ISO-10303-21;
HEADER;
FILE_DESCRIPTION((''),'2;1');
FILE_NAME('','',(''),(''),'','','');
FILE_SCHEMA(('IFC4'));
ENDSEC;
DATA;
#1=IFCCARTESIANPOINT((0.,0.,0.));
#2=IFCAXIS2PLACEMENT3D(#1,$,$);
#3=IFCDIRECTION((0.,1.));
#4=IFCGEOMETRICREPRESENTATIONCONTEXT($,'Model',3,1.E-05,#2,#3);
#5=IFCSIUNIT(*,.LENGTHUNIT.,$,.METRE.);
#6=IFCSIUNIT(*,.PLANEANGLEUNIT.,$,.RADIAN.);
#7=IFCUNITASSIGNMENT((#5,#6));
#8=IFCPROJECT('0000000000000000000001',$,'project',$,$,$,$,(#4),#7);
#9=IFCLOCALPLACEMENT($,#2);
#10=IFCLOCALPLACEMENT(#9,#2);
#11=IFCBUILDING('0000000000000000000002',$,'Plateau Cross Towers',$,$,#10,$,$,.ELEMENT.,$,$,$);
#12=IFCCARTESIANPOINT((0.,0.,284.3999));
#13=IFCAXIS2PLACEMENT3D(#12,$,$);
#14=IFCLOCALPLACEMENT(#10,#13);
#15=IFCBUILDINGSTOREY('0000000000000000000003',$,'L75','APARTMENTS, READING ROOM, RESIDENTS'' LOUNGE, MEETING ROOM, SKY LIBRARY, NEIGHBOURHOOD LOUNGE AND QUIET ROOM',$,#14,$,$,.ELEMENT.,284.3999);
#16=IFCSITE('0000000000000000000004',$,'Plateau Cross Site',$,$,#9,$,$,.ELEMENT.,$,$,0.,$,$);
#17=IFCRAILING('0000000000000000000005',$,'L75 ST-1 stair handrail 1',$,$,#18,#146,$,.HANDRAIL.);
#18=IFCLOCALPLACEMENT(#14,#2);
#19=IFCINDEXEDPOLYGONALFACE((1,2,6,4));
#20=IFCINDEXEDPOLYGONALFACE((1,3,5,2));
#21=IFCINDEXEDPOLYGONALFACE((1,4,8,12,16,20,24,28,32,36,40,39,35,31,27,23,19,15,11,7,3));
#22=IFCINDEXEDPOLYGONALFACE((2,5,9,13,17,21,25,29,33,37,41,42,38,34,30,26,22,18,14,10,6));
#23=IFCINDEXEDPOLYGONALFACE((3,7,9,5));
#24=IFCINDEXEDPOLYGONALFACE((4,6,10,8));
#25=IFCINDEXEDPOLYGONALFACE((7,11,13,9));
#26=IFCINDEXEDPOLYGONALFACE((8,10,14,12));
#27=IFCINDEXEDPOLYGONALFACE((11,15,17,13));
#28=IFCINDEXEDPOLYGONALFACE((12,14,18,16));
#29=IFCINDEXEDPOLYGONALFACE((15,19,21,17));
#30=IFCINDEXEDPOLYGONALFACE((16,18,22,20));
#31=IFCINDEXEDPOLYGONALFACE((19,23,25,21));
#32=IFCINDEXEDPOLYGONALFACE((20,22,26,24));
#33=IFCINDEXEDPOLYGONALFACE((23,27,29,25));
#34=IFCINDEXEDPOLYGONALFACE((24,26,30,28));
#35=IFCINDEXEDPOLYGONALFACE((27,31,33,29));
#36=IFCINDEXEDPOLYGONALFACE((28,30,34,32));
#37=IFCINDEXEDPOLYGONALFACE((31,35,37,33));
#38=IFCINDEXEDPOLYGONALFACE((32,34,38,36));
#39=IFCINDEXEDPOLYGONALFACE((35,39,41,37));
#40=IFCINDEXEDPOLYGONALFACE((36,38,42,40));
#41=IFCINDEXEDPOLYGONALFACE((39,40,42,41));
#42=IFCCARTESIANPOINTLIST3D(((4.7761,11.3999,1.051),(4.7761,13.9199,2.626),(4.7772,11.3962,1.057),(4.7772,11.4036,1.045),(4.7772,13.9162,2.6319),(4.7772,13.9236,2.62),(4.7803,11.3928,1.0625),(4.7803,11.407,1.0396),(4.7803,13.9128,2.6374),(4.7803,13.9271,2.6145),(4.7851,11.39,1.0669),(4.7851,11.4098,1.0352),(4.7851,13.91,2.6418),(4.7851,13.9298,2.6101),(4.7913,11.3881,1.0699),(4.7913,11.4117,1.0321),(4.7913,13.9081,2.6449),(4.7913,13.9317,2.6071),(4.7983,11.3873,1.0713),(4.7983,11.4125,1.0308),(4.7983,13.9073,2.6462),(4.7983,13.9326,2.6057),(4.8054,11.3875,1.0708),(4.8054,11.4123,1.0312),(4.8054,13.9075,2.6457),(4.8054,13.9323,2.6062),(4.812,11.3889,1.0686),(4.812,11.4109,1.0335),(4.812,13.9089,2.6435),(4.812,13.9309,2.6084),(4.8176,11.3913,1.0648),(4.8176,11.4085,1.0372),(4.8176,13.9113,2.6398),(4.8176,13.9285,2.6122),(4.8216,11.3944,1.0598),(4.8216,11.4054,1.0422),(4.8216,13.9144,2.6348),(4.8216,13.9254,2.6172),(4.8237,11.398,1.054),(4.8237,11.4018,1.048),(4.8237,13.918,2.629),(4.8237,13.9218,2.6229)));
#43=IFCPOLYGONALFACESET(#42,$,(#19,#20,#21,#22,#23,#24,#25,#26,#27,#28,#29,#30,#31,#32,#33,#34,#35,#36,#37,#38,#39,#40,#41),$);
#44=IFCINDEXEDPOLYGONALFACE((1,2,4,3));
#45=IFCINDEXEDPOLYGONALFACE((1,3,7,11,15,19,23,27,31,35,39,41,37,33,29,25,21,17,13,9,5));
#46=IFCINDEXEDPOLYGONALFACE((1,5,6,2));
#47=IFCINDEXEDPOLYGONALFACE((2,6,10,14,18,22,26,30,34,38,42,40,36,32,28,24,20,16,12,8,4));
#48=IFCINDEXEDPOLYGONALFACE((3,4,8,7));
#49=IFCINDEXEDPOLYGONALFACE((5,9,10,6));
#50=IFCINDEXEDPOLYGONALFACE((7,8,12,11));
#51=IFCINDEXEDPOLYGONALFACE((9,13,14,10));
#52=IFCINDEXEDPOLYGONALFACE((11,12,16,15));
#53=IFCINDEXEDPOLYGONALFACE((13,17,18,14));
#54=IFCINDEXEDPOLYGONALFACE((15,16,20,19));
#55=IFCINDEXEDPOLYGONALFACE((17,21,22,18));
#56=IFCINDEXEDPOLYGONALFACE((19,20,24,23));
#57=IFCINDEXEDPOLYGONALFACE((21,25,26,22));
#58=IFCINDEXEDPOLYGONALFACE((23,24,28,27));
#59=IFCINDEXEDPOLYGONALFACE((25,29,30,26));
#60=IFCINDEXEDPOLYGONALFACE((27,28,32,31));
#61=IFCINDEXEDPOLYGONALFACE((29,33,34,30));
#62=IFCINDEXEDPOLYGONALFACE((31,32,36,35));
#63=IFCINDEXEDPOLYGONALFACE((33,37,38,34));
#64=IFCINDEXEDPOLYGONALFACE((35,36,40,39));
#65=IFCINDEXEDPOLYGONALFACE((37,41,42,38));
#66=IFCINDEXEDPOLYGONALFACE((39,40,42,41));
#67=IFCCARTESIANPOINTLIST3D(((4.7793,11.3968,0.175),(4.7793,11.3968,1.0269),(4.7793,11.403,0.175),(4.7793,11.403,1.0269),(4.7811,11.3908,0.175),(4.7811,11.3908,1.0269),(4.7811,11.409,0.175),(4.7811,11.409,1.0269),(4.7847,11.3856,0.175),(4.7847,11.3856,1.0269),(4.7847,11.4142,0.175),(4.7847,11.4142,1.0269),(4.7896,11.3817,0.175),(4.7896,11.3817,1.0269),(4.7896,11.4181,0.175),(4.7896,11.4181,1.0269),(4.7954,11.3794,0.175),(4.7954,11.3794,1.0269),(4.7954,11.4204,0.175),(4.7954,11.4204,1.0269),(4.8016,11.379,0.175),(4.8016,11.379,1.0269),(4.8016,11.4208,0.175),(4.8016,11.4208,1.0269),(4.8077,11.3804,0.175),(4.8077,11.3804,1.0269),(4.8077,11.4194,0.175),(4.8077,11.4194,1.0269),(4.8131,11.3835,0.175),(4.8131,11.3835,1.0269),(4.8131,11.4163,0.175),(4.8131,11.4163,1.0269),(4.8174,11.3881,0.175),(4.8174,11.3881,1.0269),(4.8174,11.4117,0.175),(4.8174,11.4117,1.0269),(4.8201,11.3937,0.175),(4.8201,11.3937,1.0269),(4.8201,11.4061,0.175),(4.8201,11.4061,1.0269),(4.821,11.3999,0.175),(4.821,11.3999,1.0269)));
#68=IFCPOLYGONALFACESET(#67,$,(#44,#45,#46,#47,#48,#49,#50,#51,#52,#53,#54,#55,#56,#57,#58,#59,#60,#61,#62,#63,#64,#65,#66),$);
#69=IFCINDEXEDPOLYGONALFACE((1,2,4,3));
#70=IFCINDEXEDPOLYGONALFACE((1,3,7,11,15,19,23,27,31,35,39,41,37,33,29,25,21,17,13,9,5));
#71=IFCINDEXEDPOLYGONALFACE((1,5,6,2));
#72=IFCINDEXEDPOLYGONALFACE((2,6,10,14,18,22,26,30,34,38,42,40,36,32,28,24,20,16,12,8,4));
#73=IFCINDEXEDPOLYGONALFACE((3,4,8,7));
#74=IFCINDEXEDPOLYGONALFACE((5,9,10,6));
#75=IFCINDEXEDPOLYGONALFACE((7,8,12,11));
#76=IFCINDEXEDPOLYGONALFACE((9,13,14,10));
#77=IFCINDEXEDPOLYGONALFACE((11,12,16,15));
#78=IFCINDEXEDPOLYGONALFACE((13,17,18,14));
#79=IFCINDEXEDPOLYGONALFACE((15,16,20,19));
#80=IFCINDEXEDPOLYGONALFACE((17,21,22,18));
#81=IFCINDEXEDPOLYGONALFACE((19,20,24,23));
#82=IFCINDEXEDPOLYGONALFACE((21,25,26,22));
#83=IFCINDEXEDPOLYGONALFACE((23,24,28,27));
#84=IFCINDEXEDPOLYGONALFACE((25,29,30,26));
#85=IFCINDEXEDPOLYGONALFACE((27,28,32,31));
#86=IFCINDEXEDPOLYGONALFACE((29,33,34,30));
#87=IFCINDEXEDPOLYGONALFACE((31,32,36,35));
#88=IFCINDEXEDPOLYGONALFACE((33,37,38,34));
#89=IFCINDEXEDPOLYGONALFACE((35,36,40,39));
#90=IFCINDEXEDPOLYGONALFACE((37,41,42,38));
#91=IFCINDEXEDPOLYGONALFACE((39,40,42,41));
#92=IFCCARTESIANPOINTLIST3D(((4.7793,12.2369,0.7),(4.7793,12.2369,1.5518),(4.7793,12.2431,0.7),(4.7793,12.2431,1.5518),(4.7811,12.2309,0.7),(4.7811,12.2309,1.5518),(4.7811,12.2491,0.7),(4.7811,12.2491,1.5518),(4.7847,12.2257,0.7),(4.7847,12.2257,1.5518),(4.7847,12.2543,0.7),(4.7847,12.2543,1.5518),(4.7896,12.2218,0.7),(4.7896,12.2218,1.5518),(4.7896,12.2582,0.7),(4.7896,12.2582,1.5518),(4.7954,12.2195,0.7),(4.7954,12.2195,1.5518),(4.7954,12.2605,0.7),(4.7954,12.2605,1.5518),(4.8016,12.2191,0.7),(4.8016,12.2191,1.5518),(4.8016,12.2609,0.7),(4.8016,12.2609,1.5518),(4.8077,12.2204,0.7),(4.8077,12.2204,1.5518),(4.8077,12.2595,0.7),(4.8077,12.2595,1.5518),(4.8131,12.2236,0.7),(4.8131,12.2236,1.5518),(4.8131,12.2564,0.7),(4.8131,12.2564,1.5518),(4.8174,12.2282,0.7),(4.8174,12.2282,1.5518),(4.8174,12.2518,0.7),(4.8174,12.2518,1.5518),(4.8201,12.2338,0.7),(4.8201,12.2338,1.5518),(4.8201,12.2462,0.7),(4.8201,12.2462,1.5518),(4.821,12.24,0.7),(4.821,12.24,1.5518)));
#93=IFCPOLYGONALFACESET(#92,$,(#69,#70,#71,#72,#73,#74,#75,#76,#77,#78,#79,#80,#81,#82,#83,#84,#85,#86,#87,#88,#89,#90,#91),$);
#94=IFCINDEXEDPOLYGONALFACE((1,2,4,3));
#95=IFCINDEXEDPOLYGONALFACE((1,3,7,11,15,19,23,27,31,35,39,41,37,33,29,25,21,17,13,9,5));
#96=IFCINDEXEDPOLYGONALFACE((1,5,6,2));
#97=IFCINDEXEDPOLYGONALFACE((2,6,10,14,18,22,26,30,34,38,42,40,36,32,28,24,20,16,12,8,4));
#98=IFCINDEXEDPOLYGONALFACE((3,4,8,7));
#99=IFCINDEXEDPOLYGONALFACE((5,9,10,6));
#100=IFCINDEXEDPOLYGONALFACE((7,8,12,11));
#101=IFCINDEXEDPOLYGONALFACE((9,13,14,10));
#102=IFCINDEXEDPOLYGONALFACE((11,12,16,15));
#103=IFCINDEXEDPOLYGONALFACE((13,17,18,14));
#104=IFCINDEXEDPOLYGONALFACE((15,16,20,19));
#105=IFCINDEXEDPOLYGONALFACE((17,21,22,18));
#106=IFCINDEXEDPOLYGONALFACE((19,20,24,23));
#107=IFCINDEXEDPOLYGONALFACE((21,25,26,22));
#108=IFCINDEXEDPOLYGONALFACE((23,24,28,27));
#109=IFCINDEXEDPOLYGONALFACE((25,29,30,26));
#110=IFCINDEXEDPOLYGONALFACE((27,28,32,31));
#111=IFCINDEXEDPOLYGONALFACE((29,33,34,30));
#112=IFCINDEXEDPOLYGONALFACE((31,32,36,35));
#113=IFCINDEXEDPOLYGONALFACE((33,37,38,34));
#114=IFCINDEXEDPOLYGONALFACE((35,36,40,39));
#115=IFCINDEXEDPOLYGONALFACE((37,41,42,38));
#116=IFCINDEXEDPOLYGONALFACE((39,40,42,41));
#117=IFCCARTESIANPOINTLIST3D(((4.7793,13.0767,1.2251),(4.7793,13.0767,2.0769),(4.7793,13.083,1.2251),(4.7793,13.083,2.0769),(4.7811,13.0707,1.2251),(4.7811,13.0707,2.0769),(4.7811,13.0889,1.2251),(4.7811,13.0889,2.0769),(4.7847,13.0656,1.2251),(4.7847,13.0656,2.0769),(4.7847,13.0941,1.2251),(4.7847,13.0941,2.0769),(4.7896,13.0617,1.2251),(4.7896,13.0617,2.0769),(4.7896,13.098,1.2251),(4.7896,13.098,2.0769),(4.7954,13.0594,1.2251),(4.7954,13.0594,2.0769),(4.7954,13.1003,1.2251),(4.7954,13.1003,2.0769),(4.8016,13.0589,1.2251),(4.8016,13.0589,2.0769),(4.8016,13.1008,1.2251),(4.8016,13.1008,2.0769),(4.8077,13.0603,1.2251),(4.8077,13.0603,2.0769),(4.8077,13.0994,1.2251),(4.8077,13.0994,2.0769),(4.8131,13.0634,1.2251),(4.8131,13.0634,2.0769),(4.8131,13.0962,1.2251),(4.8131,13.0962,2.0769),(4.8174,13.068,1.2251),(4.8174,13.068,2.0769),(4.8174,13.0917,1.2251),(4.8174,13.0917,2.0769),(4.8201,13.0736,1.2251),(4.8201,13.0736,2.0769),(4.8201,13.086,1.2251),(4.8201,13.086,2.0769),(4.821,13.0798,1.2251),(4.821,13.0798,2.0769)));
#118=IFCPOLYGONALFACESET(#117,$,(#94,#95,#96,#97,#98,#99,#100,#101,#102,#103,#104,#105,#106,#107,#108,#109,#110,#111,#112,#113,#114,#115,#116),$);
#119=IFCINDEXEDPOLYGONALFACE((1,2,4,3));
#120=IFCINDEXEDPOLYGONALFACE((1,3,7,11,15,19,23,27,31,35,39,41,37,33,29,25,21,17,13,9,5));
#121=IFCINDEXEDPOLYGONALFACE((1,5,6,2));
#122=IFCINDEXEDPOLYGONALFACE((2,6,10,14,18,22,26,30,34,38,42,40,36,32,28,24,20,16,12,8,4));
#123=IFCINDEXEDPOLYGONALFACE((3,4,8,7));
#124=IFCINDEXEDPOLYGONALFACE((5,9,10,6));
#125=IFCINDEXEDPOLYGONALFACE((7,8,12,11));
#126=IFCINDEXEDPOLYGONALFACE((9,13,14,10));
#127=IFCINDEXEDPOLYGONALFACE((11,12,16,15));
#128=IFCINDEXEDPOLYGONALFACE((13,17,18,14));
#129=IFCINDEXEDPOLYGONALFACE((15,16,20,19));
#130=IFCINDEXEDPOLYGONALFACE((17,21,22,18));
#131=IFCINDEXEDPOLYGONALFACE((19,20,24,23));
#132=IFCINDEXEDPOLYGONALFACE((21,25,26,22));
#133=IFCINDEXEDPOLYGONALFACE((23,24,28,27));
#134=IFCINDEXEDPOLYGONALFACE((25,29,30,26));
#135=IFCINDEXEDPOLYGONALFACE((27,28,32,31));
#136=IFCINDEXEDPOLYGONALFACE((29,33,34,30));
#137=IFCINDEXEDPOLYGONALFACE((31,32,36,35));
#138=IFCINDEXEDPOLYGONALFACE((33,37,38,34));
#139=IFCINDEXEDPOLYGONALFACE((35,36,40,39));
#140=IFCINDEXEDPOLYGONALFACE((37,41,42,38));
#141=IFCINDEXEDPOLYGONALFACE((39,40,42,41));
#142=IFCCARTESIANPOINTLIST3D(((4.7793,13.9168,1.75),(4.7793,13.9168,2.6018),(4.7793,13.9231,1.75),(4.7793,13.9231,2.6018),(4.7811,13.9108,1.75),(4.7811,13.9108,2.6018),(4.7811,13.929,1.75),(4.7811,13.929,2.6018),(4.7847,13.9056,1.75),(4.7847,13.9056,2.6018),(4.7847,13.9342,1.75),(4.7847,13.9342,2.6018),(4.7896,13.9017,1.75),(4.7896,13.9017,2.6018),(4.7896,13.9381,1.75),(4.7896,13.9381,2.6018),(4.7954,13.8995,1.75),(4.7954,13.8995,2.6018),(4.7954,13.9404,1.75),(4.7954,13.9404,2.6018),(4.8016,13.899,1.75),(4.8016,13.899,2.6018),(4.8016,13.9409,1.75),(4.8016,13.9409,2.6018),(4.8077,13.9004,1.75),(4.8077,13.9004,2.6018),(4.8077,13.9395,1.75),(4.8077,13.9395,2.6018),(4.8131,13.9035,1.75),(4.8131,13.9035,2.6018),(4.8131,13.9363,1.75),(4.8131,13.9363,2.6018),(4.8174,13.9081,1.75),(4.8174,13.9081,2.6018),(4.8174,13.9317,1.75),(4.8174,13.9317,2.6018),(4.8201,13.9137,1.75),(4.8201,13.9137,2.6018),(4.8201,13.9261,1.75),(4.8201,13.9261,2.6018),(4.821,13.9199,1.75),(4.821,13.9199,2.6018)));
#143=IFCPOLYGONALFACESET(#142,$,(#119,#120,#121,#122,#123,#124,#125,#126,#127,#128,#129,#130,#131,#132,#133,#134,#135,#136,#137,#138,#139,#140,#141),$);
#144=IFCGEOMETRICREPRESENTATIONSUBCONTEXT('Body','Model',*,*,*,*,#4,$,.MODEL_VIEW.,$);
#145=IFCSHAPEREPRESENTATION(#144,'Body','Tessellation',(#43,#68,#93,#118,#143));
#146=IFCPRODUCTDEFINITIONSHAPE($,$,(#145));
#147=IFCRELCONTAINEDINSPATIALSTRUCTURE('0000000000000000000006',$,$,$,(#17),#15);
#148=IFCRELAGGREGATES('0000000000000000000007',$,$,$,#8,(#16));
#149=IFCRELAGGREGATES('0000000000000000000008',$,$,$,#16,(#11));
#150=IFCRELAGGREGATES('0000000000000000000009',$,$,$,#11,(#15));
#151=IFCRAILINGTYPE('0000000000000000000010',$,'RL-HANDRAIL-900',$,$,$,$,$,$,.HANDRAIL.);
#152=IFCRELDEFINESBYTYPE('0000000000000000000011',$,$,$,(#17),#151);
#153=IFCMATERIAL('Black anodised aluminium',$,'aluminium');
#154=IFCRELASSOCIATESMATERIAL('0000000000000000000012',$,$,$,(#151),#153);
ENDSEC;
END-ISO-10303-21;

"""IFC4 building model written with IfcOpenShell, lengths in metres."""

from ifc_helpers import new_model, si_unit, direction, frame, origin, origin_2d, place, context, subcontext, project, spatial, circle, extrude, material, type_object, element, save


model = new_model("IFC4")

# Units and contexts
model_context = context("Model", 3, precision=1e-05, world=origin(), true_north=direction((0.0, 1.0)))
body_context = subcontext(model_context, "Body", "Model", "MODEL_VIEW")
ifc_project = project(units=[si_unit("LENGTHUNIT", "METRE"), si_unit("PLANEANGLEUNIT", "RADIAN")], contexts=[model_context])

# Site, building, storey
site_placement = place(None, origin())
site = spatial("IfcSite", under=ifc_project, at=site_placement, Name="Plateau Cross Site", CompositionType="ELEMENT", RefElevation=0.0)
building_placement = place(site_placement, origin())
building = spatial("IfcBuilding", under=site, at=building_placement, Name="Plateau Cross Towers", CompositionType="ELEMENT")
storey_placement = place(building_placement, frame((0.0, 0.0, 284.3999)))
storey = spatial("IfcBuildingStorey", under=building, at=storey_placement, Name="L75", Description="APARTMENTS, READING ROOM, RESIDENTS' LOUNGE, MEETING ROOM, SKY LIBRARY, NEIGHBOURHOOD LOUNGE AND QUIET ROOM", CompositionType="ELEMENT", Elevation=284.3999)

# Shared definitions
ifc_material_1 = material(Name="Black anodised aluminium", Category="aluminium")

# Railing
railing_type_1 = type_object("IfcRailingType", Name="RL-HANDRAIL-900", PredefinedType="HANDRAIL", material=ifc_material_1)
railing_1_placement = place(storey_placement, frame((4.8, 11.3999, 0.175)))
element("IfcRailing", 1, at=railing_1_placement, inside=storey, type_object=railing_type_1, Name="L75 ST-1 stair handrail 1", PredefinedType="HANDRAIL", context=body_context, shape_type="SweptSolid", body=[
    extrude(circle(Radius=0.0239, at=origin_2d()), frame((0.0, 0.0, 0.876), z_axis=(0.0, 0.848008, 0.529984), x_axis=(-1.0, 0.0, 0.0)), (0.0, 0.0, 1.0), 2.9717),
    extrude(circle(Radius=0.021, at=origin_2d()), origin(), (0.0, 0.0, 1.0), 0.8518),
    extrude(circle(Radius=0.021, at=origin_2d()), frame((0.0, 0.8401, 0.5249)), (0.0, 0.0, 1.0), 0.8518),
    extrude(circle(Radius=0.021, at=origin_2d()), frame((0.0, 1.6799, 1.05)), (0.0, 0.0, 1.0), 0.8518),
    extrude(circle(Radius=0.021, at=origin_2d()), frame((0.0, 2.52, 1.575)), (0.0, 0.0, 1.0), 0.8518),
])

save(model, "model.ifc")
